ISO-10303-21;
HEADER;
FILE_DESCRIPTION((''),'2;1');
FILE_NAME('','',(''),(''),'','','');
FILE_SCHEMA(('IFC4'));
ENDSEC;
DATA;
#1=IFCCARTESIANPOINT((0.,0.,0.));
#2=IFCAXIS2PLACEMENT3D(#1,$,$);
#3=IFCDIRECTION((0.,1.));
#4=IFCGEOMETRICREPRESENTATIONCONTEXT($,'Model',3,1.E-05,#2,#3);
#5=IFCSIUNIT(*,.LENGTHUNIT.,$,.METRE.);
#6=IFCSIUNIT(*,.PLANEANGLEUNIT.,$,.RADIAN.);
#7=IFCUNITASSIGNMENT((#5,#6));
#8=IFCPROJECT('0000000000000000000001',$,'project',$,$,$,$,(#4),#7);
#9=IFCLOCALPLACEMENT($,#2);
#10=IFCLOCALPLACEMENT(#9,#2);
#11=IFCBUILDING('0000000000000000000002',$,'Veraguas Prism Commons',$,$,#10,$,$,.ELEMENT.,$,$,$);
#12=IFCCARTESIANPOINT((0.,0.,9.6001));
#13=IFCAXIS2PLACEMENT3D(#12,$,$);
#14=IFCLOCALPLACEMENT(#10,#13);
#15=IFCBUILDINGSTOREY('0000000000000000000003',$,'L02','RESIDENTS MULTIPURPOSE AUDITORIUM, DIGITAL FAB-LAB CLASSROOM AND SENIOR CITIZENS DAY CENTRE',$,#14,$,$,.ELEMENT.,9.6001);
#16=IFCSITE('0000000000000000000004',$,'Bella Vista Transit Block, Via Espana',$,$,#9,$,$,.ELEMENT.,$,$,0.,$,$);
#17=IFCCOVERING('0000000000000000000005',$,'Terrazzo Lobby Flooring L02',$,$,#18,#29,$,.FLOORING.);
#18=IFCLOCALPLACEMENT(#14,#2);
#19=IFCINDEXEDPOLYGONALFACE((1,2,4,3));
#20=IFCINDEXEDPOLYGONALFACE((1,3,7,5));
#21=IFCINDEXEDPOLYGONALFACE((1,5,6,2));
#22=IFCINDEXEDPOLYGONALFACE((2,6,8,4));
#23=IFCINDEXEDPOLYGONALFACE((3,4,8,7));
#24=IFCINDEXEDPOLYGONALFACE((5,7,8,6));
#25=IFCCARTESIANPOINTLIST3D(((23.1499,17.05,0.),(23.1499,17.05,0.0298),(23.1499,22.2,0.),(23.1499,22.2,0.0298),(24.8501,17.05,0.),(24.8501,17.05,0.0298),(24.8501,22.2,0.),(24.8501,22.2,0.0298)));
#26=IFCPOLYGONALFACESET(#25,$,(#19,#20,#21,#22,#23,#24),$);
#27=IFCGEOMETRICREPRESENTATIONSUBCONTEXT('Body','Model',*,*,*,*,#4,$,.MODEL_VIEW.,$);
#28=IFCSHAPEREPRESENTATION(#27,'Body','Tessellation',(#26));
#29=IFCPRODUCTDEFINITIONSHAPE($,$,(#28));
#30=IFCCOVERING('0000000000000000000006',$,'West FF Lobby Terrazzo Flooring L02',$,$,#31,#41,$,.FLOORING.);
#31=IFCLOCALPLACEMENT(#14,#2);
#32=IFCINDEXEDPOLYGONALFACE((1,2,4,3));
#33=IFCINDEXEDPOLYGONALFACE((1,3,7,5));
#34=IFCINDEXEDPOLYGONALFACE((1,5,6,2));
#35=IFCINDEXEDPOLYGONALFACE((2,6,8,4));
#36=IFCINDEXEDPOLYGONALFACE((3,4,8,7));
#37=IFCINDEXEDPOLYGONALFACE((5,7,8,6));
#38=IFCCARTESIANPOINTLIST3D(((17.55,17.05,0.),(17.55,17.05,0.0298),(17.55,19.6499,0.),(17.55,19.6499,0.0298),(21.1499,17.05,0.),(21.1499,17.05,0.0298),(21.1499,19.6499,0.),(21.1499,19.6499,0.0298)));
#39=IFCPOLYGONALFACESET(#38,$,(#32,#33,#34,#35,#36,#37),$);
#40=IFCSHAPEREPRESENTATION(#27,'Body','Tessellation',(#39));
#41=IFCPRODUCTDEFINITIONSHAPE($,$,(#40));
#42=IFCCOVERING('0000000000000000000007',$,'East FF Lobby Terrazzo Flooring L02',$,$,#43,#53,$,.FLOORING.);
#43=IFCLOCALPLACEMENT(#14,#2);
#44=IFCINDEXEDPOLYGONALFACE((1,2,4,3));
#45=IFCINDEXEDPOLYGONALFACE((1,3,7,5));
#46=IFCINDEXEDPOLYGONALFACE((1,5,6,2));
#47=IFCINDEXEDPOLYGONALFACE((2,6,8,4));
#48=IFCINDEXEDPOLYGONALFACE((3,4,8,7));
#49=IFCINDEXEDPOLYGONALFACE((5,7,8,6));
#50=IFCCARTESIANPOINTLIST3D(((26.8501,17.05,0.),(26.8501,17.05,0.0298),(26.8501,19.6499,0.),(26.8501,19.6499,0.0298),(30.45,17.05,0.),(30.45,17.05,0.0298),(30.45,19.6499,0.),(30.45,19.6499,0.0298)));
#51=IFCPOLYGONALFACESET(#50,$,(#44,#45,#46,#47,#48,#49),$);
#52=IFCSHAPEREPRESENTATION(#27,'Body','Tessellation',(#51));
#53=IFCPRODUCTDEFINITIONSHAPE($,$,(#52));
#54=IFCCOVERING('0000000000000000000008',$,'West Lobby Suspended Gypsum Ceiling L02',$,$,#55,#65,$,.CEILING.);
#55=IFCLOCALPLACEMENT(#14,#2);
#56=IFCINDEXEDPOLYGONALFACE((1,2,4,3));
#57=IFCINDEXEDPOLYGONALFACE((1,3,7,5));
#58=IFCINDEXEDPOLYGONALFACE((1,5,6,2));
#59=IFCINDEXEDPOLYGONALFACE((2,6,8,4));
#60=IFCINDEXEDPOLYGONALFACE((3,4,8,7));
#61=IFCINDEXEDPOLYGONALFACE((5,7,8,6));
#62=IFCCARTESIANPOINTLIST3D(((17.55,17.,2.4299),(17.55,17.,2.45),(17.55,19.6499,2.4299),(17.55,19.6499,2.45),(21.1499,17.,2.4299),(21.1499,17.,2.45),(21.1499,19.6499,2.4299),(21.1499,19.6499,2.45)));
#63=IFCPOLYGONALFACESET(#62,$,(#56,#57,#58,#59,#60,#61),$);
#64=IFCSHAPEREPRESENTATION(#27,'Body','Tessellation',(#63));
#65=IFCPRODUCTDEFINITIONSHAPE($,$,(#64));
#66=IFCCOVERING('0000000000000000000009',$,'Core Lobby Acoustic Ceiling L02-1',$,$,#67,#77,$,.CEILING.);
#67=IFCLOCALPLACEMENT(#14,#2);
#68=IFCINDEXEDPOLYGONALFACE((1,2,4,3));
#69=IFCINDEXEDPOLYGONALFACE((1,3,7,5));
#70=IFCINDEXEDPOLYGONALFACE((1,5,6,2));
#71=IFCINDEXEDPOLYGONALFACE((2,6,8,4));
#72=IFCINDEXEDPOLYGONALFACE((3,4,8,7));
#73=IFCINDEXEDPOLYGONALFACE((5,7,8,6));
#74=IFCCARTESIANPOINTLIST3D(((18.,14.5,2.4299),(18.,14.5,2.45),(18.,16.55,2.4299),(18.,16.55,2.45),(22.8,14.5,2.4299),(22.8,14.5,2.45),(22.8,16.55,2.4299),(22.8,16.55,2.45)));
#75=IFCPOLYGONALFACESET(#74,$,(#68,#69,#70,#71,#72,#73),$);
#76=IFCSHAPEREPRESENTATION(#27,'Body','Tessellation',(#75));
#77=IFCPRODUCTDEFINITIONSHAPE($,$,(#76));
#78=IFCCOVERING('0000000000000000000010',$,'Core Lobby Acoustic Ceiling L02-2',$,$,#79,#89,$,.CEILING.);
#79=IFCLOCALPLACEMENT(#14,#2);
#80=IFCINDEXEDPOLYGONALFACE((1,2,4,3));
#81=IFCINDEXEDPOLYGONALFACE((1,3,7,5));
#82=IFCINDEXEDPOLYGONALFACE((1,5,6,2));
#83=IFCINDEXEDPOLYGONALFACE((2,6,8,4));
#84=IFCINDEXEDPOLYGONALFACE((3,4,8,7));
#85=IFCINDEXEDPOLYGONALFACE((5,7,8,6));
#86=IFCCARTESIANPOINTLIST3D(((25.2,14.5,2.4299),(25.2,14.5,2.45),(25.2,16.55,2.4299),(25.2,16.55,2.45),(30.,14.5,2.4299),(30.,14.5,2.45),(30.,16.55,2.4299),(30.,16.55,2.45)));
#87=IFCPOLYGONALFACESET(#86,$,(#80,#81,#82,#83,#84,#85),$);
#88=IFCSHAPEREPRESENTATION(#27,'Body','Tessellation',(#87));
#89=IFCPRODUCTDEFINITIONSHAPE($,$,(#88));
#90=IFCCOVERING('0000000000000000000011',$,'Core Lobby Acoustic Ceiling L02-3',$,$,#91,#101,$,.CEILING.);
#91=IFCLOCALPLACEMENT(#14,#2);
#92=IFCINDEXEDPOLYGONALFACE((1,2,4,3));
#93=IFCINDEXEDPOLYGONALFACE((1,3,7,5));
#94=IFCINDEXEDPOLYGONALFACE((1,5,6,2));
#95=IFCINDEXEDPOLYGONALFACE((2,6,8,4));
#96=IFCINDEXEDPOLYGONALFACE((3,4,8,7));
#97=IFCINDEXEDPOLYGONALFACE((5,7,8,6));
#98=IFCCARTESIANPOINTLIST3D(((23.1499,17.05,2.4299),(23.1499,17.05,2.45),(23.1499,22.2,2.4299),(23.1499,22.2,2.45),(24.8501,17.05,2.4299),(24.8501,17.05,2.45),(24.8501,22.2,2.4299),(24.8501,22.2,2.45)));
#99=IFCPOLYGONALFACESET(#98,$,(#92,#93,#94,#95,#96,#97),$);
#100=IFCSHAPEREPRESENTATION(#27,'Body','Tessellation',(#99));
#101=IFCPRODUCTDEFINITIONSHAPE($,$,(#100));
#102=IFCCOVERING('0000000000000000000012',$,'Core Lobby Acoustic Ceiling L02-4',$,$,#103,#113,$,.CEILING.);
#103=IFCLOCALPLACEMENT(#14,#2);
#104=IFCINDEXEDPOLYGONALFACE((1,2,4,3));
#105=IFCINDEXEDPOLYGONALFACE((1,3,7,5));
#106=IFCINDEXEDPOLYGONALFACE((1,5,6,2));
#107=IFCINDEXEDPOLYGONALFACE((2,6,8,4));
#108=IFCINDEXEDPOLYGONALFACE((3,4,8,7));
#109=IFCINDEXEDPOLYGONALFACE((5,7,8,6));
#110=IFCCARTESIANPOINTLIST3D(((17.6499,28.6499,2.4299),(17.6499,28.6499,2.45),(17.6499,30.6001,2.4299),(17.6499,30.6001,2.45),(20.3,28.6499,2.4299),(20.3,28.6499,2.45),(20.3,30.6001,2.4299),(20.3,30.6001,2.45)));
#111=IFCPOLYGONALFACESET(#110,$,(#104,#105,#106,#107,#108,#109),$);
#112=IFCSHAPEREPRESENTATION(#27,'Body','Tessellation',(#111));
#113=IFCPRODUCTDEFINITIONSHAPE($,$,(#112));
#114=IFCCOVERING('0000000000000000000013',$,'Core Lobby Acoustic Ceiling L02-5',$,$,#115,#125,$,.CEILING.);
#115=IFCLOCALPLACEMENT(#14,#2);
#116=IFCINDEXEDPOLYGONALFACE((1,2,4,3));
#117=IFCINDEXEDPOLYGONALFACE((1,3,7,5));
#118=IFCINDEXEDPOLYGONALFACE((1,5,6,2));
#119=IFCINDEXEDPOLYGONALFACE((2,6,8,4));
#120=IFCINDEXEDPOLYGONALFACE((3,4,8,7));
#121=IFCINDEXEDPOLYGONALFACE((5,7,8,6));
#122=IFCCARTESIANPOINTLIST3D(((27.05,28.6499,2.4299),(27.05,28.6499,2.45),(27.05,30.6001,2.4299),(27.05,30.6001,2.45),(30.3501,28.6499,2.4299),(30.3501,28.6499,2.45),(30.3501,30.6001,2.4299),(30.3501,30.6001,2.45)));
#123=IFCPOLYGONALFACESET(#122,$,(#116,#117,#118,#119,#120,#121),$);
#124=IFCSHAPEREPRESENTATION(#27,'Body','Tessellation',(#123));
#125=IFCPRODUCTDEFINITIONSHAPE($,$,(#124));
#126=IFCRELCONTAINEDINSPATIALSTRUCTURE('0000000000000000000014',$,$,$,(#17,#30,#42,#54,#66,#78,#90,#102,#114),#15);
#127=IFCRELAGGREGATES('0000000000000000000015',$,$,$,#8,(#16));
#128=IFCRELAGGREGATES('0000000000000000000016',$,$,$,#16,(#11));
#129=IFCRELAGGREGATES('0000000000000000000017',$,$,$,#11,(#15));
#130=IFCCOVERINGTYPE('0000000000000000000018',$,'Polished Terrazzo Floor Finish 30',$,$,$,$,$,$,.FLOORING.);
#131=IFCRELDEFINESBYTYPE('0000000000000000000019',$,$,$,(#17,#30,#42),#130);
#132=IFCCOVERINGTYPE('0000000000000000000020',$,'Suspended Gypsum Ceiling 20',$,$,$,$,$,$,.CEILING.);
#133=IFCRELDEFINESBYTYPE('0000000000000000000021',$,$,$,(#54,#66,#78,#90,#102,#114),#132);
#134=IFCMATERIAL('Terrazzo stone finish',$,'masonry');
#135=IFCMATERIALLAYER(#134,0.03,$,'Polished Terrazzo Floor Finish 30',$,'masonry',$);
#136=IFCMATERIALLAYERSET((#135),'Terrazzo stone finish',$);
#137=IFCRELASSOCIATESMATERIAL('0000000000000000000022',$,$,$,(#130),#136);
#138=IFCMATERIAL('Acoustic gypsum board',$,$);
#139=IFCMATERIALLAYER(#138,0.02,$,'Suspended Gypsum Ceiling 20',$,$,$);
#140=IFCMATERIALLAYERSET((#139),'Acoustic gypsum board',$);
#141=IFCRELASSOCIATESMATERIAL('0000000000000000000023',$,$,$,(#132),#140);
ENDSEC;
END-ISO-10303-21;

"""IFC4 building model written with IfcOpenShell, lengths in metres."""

from ifc_helpers import new_model, si_unit, direction, frame, origin, place, context, subcontext, project, spatial, polyline, outline, extrude, material, layer, layer_set, type_object, element, save


model = new_model("IFC4")

# Units and contexts
model_context = context("Model", 3, precision=1e-05, world=origin(), true_north=direction((0.0, 1.0)))
body_context = subcontext(model_context, "Body", "Model", "MODEL_VIEW")
ifc_project = project(units=[si_unit("LENGTHUNIT", "METRE"), si_unit("PLANEANGLEUNIT", "RADIAN")], contexts=[model_context])

# Site, building, storey
site_placement = place(None, origin())
site = spatial("IfcSite", under=ifc_project, at=site_placement, Name="Bella Vista Transit Block, Via Espana", CompositionType="ELEMENT", RefElevation=0.0)
building_placement = place(site_placement, origin())
building = spatial("IfcBuilding", under=site, at=building_placement, Name="Veraguas Prism Commons", CompositionType="ELEMENT")
storey_placement = place(building_placement, frame((0.0, 0.0, 9.6001)))
storey = spatial("IfcBuildingStorey", under=building, at=storey_placement, Name="L02", Description="RESIDENTS MULTIPURPOSE AUDITORIUM, DIGITAL FAB-LAB CLASSROOM AND SENIOR CITIZENS DAY CENTRE", CompositionType="ELEMENT", Elevation=9.6001)

# Coverings
ifc_material_1 = material(Name="Acoustic gypsum board")
ifc_material_2 = material(Name="Terrazzo stone finish", Category="masonry")
ifc_layer_1 = layer(ifc_material_2, 0.03, Name="Polished Terrazzo Floor Finish 30", Category="masonry")
ifc_layer_set_1 = layer_set([ifc_layer_1], Name="Terrazzo stone finish")
covering_type_1 = type_object("IfcCoveringType", Name="Polished Terrazzo Floor Finish 30", PredefinedType="FLOORING", material=ifc_layer_set_1)
covering_1_placement = place(storey_placement, origin())
element("IfcCovering", 1, at=covering_1_placement, inside=storey, type_object=covering_type_1, Name="Terrazzo Lobby Flooring L02", PredefinedType="FLOORING", context=body_context, shape_type="SweptSolid", body=[
    extrude(outline(polyline([(23.1499, 17.05), (24.8501, 17.05), (24.8501, 22.2), (23.1499, 22.2), (23.1499, 17.05)])), origin(), (0.0, 0.0, 1.0), 0.0298),
])
covering_2_placement = place(storey_placement, origin())
element("IfcCovering", 2, at=covering_2_placement, inside=storey, type_object=covering_type_1, Name="West FF Lobby Terrazzo Flooring L02", PredefinedType="FLOORING", context=body_context, shape_type="SweptSolid", body=[
    extrude(outline(polyline([(17.55, 17.05), (21.1499, 17.05), (21.1499, 19.6499), (17.55, 19.6499), (17.55, 17.05)])), origin(), (0.0, 0.0, 1.0), 0.0298),
])
covering_3_placement = place(storey_placement, origin())
element("IfcCovering", 3, at=covering_3_placement, inside=storey, type_object=covering_type_1, Name="East FF Lobby Terrazzo Flooring L02", PredefinedType="FLOORING", context=body_context, shape_type="SweptSolid", body=[
    extrude(outline(polyline([(26.8501, 17.05), (30.45, 17.05), (30.45, 19.6499), (26.8501, 19.6499), (26.8501, 17.05)])), origin(), (0.0, 0.0, 1.0), 0.0298),
])
ifc_layer_2 = layer(ifc_material_1, 0.02, Name="Suspended Gypsum Ceiling 20")
ifc_layer_set_2 = layer_set([ifc_layer_2], Name="Acoustic gypsum board")
covering_type_2 = type_object("IfcCoveringType", Name="Suspended Gypsum Ceiling 20", PredefinedType="CEILING", material=ifc_layer_set_2)
covering_4_placement = place(storey_placement, frame((0.0, 0.0, 2.4299)))
element("IfcCovering", 4, at=covering_4_placement, inside=storey, type_object=covering_type_2, Name="West Lobby Suspended Gypsum Ceiling L02", PredefinedType="CEILING", context=body_context, shape_type="SweptSolid", body=[
    extrude(outline(polyline([(17.55, 17.0), (21.1499, 17.0), (21.1499, 19.6499), (17.55, 19.6499), (17.55, 17.0)])), origin(), (0.0, 0.0, 1.0), 0.02),
])
covering_5_placement = place(storey_placement, frame((0.0, 0.0, 2.4299)))
element("IfcCovering", 5, at=covering_5_placement, inside=storey, type_object=covering_type_2, Name="Core Lobby Acoustic Ceiling L02-1", PredefinedType="CEILING", context=body_context, shape_type="SweptSolid", body=[
    extrude(outline(polyline([(18.0, 14.5), (22.8, 14.5), (22.8, 16.55), (18.0, 16.55), (18.0, 14.5)])), origin(), (0.0, 0.0, 1.0), 0.02),
])
covering_6_placement = place(storey_placement, frame((0.0, 0.0, 2.4299)))
element("IfcCovering", 6, at=covering_6_placement, inside=storey, type_object=covering_type_2, Name="Core Lobby Acoustic Ceiling L02-2", PredefinedType="CEILING", context=body_context, shape_type="SweptSolid", body=[
    extrude(outline(polyline([(25.2, 14.5), (30.0, 14.5), (30.0, 16.55), (25.2, 16.55), (25.2, 14.5)])), origin(), (0.0, 0.0, 1.0), 0.02),
])
covering_7_placement = place(storey_placement, frame((0.0, 0.0, 2.4299)))
element("IfcCovering", 7, at=covering_7_placement, inside=storey, type_object=covering_type_2, Name="Core Lobby Acoustic Ceiling L02-3", PredefinedType="CEILING", context=body_context, shape_type="SweptSolid", body=[
    extrude(outline(polyline([(23.1499, 17.05), (24.8501, 17.05), (24.8501, 22.2), (23.1499, 22.2), (23.1499, 17.05)])), origin(), (0.0, 0.0, 1.0), 0.02),
])
covering_8_placement = place(storey_placement, frame((0.0, 0.0, 2.4299)))
element("IfcCovering", 8, at=covering_8_placement, inside=storey, type_object=covering_type_2, Name="Core Lobby Acoustic Ceiling L02-4", PredefinedType="CEILING", context=body_context, shape_type="SweptSolid", body=[
    extrude(outline(polyline([(17.6499, 28.6499), (20.3, 28.6499), (20.3, 30.6001), (17.6499, 30.6001), (17.6499, 28.6499)])), origin(), (0.0, 0.0, 1.0), 0.02),
])
covering_9_placement = place(storey_placement, frame((0.0, 0.0, 2.4299)))
element("IfcCovering", 9, at=covering_9_placement, inside=storey, type_object=covering_type_2, Name="Core Lobby Acoustic Ceiling L02-5", PredefinedType="CEILING", context=body_context, shape_type="SweptSolid", body=[
    extrude(outline(polyline([(27.05, 28.6499), (30.3501, 28.6499), (30.3501, 30.6001), (27.05, 30.6001), (27.05, 28.6499)])), origin(), (0.0, 0.0, 1.0), 0.02),
])

save(model, "model.ifc")
